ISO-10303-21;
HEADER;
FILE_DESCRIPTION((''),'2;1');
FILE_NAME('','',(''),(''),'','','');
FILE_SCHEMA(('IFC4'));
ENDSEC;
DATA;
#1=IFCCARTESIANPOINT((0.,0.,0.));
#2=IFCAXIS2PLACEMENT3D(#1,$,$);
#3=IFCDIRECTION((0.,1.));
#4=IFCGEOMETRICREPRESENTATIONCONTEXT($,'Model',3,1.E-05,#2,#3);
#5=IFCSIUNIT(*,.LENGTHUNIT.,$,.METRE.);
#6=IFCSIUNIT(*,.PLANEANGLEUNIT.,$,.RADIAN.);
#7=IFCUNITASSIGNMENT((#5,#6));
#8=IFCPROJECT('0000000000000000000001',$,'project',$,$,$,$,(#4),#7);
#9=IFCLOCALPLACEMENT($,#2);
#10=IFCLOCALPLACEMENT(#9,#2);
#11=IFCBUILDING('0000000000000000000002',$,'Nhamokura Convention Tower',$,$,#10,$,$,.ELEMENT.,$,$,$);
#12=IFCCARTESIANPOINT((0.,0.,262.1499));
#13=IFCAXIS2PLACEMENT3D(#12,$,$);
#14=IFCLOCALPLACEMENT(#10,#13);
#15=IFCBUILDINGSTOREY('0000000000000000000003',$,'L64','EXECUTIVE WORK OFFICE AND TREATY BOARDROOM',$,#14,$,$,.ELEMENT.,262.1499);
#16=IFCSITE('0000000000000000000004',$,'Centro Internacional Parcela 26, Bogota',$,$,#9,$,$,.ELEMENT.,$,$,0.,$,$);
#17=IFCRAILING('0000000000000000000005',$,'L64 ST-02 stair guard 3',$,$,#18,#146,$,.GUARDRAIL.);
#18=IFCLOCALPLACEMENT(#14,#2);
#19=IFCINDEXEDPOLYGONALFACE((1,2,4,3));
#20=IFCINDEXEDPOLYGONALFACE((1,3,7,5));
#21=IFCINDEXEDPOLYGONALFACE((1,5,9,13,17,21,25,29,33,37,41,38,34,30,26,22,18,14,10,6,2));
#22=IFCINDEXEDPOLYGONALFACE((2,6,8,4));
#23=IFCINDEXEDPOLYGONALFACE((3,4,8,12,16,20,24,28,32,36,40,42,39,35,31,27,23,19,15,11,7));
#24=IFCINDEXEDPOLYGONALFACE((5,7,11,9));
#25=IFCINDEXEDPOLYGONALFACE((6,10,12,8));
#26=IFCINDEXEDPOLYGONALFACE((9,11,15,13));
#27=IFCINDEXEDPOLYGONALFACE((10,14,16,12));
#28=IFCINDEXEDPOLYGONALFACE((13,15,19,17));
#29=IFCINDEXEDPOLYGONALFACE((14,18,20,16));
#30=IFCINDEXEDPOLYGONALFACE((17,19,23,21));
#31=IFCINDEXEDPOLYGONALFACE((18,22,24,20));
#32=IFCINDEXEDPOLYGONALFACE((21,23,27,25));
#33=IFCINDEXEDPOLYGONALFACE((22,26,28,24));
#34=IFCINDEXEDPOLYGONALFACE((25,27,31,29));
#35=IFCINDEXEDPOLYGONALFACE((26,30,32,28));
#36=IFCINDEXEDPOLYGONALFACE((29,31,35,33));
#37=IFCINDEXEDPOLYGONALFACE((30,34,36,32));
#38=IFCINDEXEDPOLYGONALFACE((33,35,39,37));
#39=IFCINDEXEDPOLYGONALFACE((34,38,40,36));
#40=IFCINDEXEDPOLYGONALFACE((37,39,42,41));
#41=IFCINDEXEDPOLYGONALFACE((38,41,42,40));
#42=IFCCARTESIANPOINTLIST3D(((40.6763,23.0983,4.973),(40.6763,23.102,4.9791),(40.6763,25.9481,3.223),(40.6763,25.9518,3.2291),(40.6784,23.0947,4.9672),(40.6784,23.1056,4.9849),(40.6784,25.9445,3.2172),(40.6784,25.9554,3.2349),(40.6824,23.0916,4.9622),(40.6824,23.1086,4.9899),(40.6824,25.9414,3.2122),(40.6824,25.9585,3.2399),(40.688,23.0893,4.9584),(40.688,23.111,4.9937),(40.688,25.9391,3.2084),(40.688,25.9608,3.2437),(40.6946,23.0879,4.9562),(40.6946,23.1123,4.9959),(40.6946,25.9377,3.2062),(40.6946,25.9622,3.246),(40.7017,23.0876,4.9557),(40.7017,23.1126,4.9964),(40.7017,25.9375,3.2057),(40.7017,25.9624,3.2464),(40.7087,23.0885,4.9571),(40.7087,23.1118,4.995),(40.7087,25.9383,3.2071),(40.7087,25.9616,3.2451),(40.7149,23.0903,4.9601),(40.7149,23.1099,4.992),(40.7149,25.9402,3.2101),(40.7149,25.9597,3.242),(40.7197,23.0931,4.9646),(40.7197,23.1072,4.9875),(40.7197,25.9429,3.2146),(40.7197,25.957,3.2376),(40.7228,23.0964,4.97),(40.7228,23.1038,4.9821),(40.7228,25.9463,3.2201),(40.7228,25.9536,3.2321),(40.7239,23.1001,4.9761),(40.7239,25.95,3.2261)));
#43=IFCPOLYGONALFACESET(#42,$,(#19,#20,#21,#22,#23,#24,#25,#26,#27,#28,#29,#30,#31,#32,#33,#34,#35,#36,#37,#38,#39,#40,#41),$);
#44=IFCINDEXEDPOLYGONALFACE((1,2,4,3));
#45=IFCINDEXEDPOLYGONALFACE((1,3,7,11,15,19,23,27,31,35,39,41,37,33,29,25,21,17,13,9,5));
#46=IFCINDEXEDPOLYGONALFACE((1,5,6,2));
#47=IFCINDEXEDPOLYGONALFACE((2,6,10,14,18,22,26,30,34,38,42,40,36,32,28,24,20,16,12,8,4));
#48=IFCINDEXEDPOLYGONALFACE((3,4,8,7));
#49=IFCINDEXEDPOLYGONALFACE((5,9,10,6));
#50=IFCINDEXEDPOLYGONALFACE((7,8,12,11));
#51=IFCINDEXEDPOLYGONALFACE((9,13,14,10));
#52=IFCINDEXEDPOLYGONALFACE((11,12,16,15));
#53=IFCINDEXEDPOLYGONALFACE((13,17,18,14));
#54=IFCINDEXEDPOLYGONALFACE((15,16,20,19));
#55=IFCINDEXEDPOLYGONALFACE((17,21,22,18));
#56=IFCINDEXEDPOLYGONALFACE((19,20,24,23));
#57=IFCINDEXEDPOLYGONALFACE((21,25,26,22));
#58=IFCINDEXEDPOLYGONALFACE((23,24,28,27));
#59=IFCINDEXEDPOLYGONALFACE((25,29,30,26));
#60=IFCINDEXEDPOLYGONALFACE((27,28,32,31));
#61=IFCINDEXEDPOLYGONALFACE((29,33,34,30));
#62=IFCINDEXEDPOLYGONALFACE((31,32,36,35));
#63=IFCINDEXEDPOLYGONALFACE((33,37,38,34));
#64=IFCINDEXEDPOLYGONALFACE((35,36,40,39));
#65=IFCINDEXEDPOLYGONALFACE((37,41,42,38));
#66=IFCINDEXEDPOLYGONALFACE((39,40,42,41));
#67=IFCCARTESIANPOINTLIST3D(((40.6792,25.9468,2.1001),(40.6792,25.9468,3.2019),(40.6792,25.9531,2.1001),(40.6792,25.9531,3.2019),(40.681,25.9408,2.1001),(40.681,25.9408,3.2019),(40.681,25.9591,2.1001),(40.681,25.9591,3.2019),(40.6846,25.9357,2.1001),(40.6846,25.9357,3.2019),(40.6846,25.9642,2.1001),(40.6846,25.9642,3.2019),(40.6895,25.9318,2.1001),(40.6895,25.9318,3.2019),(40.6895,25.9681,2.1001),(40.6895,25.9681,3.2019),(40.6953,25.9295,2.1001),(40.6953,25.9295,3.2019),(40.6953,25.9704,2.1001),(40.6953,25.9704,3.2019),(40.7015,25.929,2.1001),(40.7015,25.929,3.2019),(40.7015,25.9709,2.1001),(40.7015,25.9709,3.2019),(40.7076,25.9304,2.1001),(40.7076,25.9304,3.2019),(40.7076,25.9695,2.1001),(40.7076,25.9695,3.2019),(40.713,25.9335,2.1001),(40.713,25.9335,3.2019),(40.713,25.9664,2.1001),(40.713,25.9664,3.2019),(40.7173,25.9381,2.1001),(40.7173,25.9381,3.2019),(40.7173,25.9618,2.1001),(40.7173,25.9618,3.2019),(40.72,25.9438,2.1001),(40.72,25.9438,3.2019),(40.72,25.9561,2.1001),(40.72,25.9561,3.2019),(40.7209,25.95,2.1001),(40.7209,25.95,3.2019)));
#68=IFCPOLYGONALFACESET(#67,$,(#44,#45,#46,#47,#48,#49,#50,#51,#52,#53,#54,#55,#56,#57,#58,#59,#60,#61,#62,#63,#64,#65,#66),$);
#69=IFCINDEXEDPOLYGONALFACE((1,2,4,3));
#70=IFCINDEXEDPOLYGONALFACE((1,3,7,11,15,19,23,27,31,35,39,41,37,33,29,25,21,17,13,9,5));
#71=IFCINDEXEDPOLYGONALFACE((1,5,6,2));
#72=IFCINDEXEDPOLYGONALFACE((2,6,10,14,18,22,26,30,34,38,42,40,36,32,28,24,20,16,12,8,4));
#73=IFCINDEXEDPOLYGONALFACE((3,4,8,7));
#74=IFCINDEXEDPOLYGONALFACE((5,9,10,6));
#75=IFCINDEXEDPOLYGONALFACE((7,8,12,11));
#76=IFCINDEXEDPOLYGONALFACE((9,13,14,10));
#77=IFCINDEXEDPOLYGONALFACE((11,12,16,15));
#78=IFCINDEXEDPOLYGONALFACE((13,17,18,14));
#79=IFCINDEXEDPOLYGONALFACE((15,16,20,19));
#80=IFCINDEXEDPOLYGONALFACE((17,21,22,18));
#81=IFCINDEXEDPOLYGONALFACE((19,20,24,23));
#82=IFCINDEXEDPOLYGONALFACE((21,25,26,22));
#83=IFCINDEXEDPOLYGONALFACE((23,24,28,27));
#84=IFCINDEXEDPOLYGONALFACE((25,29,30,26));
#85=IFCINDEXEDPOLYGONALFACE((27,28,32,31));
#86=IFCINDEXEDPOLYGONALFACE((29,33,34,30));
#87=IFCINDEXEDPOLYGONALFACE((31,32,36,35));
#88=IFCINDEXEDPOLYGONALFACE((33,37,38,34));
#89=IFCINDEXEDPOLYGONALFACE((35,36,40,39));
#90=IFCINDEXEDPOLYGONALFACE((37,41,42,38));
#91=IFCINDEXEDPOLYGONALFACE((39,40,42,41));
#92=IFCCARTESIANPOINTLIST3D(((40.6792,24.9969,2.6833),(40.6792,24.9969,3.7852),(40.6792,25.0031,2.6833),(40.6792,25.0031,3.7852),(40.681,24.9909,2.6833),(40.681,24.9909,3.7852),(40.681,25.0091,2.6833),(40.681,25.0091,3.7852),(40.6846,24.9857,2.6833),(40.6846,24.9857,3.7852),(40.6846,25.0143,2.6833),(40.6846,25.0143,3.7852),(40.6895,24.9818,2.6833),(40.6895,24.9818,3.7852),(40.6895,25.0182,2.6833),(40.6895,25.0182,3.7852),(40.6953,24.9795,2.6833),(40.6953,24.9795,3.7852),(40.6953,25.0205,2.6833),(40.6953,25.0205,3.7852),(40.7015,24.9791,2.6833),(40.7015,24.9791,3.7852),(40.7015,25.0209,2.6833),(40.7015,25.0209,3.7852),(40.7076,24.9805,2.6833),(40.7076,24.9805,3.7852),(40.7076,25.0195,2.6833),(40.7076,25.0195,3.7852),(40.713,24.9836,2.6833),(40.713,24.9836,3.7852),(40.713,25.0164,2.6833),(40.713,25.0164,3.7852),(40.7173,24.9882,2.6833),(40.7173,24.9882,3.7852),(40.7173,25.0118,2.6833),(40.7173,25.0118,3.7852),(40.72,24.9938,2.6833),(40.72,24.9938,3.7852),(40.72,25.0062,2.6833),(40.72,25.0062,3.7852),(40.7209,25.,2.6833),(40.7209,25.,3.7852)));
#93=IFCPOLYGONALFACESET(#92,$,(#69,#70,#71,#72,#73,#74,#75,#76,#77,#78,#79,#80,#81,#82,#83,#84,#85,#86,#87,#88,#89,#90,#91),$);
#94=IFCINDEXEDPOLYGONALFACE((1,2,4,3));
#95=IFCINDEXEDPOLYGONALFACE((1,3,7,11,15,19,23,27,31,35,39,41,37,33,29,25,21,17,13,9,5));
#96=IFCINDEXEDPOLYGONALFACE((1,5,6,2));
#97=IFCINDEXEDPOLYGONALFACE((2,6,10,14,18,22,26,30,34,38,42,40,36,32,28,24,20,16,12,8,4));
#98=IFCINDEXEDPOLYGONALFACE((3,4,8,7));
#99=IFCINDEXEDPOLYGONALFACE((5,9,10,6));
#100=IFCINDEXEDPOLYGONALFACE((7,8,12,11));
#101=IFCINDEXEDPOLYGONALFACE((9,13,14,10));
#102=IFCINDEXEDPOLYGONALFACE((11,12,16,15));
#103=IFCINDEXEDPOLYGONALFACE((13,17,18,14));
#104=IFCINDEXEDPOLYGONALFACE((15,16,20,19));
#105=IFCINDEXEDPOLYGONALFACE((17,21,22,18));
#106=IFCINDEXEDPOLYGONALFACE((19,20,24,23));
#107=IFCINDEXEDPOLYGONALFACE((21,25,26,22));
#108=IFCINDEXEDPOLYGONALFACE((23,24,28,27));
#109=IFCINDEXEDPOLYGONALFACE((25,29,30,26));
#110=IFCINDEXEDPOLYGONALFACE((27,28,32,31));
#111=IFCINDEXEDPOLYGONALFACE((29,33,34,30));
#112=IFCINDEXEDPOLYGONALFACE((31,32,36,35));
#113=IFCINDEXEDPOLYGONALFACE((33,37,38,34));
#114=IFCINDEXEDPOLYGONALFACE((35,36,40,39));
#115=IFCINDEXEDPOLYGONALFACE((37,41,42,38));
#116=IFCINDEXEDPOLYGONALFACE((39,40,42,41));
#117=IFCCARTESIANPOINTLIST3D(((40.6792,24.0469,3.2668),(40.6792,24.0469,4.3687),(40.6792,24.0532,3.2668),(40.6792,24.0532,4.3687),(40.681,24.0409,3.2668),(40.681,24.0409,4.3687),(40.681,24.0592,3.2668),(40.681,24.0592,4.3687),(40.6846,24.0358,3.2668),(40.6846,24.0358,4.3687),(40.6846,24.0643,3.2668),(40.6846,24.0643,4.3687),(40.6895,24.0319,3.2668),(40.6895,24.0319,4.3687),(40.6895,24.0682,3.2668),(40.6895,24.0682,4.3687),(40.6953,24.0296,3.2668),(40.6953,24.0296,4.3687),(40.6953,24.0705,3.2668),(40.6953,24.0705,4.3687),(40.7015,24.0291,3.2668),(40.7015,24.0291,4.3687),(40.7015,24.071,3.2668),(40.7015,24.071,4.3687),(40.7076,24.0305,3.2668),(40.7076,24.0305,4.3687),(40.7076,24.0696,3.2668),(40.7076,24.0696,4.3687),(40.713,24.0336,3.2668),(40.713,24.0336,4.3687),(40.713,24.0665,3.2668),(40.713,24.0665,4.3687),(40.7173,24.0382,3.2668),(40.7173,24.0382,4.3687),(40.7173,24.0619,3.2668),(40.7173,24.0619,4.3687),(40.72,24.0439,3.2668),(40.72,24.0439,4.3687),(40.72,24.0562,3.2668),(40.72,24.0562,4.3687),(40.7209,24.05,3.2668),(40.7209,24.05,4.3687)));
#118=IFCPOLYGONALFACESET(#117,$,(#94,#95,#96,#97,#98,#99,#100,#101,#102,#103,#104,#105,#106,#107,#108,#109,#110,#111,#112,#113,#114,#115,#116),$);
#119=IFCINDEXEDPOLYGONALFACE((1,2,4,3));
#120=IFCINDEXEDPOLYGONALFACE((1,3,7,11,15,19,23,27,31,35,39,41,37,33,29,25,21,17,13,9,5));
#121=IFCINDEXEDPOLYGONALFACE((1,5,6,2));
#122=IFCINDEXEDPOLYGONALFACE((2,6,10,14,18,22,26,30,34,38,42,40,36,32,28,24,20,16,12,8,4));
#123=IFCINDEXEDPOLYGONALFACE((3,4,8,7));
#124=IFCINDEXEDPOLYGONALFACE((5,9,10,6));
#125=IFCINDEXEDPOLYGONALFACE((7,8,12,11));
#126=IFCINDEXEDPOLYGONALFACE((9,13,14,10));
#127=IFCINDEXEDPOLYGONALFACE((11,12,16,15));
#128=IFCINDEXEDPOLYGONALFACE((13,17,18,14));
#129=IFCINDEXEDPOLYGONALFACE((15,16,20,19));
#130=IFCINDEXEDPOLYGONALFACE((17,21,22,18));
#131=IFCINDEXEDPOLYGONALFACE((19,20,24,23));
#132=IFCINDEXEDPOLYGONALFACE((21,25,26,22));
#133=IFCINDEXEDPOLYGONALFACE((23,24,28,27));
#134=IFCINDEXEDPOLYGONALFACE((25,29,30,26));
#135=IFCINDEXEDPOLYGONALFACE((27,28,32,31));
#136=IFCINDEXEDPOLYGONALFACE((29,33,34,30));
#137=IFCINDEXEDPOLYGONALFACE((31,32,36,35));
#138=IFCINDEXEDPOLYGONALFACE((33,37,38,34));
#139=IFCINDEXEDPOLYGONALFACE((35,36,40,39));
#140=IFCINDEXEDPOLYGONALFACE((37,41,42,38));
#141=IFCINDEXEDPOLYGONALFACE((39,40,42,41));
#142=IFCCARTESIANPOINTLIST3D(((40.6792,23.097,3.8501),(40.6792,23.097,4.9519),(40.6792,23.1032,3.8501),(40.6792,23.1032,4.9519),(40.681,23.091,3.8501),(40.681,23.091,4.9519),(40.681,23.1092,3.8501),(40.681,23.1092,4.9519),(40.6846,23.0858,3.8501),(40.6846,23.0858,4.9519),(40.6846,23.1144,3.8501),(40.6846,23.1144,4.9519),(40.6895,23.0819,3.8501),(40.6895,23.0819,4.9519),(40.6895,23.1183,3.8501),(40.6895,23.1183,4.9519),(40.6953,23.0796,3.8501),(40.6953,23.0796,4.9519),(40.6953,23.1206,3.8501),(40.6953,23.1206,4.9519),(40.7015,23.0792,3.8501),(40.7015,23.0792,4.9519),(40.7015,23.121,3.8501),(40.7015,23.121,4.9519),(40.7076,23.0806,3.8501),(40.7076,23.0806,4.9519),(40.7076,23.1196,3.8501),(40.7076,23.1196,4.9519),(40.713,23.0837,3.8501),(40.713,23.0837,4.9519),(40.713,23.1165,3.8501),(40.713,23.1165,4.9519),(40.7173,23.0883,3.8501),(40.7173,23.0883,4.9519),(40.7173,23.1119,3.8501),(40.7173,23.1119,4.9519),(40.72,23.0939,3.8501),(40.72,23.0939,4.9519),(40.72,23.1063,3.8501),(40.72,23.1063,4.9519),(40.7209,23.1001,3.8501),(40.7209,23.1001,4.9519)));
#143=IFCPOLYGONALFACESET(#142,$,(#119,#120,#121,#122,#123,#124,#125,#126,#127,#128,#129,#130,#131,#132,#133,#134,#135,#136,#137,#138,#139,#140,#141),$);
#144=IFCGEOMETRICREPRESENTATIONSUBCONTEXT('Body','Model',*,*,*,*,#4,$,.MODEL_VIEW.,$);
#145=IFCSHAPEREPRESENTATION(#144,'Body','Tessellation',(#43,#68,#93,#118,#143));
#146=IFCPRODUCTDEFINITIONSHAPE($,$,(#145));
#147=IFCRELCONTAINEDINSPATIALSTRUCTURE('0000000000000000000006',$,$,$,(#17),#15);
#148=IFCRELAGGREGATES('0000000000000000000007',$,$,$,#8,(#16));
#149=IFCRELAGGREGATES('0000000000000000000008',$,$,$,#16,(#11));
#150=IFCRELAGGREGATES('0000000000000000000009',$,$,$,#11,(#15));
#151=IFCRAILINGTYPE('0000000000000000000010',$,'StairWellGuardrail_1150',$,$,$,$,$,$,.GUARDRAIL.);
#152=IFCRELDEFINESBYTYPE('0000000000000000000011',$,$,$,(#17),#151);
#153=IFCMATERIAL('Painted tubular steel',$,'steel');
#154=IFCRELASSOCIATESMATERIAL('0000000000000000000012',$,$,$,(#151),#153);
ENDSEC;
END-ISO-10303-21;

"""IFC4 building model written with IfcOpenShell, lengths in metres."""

from ifc_helpers import new_model, si_unit, direction, frame, origin, origin_2d, place, context, subcontext, project, spatial, circle, extrude, material, type_object, element, save


model = new_model("IFC4")

# Units and contexts
model_context = context("Model", 3, precision=1e-05, world=origin(), true_north=direction((0.0, 1.0)))
body_context = subcontext(model_context, "Body", "Model", "MODEL_VIEW")
ifc_project = project(units=[si_unit("LENGTHUNIT", "METRE"), si_unit("PLANEANGLEUNIT", "RADIAN")], contexts=[model_context])

# Site, building, storey
site_placement = place(None, origin())
site = spatial("IfcSite", under=ifc_project, at=site_placement, Name="Centro Internacional Parcela 26, Bogota", CompositionType="ELEMENT", RefElevation=0.0)
building_placement = place(site_placement, origin())
building = spatial("IfcBuilding", under=site, at=building_placement, Name="Nhamokura Convention Tower", CompositionType="ELEMENT")
storey_placement = place(building_placement, frame((0.0, 0.0, 262.1499)))
storey = spatial("IfcBuildingStorey", under=building, at=storey_placement, Name="L64", Description="EXECUTIVE WORK OFFICE AND TREATY BOARDROOM", CompositionType="ELEMENT", Elevation=262.1499)

# Railing
ifc_material_1 = material(Name="Painted tubular steel", Category="steel")
railing_type_1 = type_object("IfcRailingType", Name="StairWellGuardrail_1150", PredefinedType="GUARDRAIL", material=ifc_material_1)
railing_1_placement = place(storey_placement, frame((40.7, 25.95, 2.1001)))
element("IfcRailing", 1, at=railing_1_placement, inside=storey, type_object=railing_type_1, Name="L64 ST-02 stair guard 3", PredefinedType="GUARDRAIL", context=body_context, shape_type="SweptSolid", body=[
    extrude(circle(Radius=0.0239, at=origin_2d()), frame((0.0, 0.0, 1.126), z_axis=(0.0, -0.852159, 0.523283), x_axis=(1.0, 0.0, 0.0)), (0.0, 0.0, 1.0), 3.3442),
    extrude(circle(Radius=0.021, at=origin_2d()), origin(), (0.0, 0.0, 1.0), 1.1018),
    extrude(circle(Radius=0.021, at=origin_2d()), frame((0.0, -0.95, 0.5833)), (0.0, 0.0, 1.0), 1.1018),
    extrude(circle(Radius=0.021, at=origin_2d()), frame((0.0, -1.8999, 1.1667)), (0.0, 0.0, 1.0), 1.1018),
    extrude(circle(Radius=0.021, at=origin_2d()), frame((0.0, -2.8499, 1.75)), (0.0, 0.0, 1.0), 1.1018),
])

save(model, "model.ifc")
